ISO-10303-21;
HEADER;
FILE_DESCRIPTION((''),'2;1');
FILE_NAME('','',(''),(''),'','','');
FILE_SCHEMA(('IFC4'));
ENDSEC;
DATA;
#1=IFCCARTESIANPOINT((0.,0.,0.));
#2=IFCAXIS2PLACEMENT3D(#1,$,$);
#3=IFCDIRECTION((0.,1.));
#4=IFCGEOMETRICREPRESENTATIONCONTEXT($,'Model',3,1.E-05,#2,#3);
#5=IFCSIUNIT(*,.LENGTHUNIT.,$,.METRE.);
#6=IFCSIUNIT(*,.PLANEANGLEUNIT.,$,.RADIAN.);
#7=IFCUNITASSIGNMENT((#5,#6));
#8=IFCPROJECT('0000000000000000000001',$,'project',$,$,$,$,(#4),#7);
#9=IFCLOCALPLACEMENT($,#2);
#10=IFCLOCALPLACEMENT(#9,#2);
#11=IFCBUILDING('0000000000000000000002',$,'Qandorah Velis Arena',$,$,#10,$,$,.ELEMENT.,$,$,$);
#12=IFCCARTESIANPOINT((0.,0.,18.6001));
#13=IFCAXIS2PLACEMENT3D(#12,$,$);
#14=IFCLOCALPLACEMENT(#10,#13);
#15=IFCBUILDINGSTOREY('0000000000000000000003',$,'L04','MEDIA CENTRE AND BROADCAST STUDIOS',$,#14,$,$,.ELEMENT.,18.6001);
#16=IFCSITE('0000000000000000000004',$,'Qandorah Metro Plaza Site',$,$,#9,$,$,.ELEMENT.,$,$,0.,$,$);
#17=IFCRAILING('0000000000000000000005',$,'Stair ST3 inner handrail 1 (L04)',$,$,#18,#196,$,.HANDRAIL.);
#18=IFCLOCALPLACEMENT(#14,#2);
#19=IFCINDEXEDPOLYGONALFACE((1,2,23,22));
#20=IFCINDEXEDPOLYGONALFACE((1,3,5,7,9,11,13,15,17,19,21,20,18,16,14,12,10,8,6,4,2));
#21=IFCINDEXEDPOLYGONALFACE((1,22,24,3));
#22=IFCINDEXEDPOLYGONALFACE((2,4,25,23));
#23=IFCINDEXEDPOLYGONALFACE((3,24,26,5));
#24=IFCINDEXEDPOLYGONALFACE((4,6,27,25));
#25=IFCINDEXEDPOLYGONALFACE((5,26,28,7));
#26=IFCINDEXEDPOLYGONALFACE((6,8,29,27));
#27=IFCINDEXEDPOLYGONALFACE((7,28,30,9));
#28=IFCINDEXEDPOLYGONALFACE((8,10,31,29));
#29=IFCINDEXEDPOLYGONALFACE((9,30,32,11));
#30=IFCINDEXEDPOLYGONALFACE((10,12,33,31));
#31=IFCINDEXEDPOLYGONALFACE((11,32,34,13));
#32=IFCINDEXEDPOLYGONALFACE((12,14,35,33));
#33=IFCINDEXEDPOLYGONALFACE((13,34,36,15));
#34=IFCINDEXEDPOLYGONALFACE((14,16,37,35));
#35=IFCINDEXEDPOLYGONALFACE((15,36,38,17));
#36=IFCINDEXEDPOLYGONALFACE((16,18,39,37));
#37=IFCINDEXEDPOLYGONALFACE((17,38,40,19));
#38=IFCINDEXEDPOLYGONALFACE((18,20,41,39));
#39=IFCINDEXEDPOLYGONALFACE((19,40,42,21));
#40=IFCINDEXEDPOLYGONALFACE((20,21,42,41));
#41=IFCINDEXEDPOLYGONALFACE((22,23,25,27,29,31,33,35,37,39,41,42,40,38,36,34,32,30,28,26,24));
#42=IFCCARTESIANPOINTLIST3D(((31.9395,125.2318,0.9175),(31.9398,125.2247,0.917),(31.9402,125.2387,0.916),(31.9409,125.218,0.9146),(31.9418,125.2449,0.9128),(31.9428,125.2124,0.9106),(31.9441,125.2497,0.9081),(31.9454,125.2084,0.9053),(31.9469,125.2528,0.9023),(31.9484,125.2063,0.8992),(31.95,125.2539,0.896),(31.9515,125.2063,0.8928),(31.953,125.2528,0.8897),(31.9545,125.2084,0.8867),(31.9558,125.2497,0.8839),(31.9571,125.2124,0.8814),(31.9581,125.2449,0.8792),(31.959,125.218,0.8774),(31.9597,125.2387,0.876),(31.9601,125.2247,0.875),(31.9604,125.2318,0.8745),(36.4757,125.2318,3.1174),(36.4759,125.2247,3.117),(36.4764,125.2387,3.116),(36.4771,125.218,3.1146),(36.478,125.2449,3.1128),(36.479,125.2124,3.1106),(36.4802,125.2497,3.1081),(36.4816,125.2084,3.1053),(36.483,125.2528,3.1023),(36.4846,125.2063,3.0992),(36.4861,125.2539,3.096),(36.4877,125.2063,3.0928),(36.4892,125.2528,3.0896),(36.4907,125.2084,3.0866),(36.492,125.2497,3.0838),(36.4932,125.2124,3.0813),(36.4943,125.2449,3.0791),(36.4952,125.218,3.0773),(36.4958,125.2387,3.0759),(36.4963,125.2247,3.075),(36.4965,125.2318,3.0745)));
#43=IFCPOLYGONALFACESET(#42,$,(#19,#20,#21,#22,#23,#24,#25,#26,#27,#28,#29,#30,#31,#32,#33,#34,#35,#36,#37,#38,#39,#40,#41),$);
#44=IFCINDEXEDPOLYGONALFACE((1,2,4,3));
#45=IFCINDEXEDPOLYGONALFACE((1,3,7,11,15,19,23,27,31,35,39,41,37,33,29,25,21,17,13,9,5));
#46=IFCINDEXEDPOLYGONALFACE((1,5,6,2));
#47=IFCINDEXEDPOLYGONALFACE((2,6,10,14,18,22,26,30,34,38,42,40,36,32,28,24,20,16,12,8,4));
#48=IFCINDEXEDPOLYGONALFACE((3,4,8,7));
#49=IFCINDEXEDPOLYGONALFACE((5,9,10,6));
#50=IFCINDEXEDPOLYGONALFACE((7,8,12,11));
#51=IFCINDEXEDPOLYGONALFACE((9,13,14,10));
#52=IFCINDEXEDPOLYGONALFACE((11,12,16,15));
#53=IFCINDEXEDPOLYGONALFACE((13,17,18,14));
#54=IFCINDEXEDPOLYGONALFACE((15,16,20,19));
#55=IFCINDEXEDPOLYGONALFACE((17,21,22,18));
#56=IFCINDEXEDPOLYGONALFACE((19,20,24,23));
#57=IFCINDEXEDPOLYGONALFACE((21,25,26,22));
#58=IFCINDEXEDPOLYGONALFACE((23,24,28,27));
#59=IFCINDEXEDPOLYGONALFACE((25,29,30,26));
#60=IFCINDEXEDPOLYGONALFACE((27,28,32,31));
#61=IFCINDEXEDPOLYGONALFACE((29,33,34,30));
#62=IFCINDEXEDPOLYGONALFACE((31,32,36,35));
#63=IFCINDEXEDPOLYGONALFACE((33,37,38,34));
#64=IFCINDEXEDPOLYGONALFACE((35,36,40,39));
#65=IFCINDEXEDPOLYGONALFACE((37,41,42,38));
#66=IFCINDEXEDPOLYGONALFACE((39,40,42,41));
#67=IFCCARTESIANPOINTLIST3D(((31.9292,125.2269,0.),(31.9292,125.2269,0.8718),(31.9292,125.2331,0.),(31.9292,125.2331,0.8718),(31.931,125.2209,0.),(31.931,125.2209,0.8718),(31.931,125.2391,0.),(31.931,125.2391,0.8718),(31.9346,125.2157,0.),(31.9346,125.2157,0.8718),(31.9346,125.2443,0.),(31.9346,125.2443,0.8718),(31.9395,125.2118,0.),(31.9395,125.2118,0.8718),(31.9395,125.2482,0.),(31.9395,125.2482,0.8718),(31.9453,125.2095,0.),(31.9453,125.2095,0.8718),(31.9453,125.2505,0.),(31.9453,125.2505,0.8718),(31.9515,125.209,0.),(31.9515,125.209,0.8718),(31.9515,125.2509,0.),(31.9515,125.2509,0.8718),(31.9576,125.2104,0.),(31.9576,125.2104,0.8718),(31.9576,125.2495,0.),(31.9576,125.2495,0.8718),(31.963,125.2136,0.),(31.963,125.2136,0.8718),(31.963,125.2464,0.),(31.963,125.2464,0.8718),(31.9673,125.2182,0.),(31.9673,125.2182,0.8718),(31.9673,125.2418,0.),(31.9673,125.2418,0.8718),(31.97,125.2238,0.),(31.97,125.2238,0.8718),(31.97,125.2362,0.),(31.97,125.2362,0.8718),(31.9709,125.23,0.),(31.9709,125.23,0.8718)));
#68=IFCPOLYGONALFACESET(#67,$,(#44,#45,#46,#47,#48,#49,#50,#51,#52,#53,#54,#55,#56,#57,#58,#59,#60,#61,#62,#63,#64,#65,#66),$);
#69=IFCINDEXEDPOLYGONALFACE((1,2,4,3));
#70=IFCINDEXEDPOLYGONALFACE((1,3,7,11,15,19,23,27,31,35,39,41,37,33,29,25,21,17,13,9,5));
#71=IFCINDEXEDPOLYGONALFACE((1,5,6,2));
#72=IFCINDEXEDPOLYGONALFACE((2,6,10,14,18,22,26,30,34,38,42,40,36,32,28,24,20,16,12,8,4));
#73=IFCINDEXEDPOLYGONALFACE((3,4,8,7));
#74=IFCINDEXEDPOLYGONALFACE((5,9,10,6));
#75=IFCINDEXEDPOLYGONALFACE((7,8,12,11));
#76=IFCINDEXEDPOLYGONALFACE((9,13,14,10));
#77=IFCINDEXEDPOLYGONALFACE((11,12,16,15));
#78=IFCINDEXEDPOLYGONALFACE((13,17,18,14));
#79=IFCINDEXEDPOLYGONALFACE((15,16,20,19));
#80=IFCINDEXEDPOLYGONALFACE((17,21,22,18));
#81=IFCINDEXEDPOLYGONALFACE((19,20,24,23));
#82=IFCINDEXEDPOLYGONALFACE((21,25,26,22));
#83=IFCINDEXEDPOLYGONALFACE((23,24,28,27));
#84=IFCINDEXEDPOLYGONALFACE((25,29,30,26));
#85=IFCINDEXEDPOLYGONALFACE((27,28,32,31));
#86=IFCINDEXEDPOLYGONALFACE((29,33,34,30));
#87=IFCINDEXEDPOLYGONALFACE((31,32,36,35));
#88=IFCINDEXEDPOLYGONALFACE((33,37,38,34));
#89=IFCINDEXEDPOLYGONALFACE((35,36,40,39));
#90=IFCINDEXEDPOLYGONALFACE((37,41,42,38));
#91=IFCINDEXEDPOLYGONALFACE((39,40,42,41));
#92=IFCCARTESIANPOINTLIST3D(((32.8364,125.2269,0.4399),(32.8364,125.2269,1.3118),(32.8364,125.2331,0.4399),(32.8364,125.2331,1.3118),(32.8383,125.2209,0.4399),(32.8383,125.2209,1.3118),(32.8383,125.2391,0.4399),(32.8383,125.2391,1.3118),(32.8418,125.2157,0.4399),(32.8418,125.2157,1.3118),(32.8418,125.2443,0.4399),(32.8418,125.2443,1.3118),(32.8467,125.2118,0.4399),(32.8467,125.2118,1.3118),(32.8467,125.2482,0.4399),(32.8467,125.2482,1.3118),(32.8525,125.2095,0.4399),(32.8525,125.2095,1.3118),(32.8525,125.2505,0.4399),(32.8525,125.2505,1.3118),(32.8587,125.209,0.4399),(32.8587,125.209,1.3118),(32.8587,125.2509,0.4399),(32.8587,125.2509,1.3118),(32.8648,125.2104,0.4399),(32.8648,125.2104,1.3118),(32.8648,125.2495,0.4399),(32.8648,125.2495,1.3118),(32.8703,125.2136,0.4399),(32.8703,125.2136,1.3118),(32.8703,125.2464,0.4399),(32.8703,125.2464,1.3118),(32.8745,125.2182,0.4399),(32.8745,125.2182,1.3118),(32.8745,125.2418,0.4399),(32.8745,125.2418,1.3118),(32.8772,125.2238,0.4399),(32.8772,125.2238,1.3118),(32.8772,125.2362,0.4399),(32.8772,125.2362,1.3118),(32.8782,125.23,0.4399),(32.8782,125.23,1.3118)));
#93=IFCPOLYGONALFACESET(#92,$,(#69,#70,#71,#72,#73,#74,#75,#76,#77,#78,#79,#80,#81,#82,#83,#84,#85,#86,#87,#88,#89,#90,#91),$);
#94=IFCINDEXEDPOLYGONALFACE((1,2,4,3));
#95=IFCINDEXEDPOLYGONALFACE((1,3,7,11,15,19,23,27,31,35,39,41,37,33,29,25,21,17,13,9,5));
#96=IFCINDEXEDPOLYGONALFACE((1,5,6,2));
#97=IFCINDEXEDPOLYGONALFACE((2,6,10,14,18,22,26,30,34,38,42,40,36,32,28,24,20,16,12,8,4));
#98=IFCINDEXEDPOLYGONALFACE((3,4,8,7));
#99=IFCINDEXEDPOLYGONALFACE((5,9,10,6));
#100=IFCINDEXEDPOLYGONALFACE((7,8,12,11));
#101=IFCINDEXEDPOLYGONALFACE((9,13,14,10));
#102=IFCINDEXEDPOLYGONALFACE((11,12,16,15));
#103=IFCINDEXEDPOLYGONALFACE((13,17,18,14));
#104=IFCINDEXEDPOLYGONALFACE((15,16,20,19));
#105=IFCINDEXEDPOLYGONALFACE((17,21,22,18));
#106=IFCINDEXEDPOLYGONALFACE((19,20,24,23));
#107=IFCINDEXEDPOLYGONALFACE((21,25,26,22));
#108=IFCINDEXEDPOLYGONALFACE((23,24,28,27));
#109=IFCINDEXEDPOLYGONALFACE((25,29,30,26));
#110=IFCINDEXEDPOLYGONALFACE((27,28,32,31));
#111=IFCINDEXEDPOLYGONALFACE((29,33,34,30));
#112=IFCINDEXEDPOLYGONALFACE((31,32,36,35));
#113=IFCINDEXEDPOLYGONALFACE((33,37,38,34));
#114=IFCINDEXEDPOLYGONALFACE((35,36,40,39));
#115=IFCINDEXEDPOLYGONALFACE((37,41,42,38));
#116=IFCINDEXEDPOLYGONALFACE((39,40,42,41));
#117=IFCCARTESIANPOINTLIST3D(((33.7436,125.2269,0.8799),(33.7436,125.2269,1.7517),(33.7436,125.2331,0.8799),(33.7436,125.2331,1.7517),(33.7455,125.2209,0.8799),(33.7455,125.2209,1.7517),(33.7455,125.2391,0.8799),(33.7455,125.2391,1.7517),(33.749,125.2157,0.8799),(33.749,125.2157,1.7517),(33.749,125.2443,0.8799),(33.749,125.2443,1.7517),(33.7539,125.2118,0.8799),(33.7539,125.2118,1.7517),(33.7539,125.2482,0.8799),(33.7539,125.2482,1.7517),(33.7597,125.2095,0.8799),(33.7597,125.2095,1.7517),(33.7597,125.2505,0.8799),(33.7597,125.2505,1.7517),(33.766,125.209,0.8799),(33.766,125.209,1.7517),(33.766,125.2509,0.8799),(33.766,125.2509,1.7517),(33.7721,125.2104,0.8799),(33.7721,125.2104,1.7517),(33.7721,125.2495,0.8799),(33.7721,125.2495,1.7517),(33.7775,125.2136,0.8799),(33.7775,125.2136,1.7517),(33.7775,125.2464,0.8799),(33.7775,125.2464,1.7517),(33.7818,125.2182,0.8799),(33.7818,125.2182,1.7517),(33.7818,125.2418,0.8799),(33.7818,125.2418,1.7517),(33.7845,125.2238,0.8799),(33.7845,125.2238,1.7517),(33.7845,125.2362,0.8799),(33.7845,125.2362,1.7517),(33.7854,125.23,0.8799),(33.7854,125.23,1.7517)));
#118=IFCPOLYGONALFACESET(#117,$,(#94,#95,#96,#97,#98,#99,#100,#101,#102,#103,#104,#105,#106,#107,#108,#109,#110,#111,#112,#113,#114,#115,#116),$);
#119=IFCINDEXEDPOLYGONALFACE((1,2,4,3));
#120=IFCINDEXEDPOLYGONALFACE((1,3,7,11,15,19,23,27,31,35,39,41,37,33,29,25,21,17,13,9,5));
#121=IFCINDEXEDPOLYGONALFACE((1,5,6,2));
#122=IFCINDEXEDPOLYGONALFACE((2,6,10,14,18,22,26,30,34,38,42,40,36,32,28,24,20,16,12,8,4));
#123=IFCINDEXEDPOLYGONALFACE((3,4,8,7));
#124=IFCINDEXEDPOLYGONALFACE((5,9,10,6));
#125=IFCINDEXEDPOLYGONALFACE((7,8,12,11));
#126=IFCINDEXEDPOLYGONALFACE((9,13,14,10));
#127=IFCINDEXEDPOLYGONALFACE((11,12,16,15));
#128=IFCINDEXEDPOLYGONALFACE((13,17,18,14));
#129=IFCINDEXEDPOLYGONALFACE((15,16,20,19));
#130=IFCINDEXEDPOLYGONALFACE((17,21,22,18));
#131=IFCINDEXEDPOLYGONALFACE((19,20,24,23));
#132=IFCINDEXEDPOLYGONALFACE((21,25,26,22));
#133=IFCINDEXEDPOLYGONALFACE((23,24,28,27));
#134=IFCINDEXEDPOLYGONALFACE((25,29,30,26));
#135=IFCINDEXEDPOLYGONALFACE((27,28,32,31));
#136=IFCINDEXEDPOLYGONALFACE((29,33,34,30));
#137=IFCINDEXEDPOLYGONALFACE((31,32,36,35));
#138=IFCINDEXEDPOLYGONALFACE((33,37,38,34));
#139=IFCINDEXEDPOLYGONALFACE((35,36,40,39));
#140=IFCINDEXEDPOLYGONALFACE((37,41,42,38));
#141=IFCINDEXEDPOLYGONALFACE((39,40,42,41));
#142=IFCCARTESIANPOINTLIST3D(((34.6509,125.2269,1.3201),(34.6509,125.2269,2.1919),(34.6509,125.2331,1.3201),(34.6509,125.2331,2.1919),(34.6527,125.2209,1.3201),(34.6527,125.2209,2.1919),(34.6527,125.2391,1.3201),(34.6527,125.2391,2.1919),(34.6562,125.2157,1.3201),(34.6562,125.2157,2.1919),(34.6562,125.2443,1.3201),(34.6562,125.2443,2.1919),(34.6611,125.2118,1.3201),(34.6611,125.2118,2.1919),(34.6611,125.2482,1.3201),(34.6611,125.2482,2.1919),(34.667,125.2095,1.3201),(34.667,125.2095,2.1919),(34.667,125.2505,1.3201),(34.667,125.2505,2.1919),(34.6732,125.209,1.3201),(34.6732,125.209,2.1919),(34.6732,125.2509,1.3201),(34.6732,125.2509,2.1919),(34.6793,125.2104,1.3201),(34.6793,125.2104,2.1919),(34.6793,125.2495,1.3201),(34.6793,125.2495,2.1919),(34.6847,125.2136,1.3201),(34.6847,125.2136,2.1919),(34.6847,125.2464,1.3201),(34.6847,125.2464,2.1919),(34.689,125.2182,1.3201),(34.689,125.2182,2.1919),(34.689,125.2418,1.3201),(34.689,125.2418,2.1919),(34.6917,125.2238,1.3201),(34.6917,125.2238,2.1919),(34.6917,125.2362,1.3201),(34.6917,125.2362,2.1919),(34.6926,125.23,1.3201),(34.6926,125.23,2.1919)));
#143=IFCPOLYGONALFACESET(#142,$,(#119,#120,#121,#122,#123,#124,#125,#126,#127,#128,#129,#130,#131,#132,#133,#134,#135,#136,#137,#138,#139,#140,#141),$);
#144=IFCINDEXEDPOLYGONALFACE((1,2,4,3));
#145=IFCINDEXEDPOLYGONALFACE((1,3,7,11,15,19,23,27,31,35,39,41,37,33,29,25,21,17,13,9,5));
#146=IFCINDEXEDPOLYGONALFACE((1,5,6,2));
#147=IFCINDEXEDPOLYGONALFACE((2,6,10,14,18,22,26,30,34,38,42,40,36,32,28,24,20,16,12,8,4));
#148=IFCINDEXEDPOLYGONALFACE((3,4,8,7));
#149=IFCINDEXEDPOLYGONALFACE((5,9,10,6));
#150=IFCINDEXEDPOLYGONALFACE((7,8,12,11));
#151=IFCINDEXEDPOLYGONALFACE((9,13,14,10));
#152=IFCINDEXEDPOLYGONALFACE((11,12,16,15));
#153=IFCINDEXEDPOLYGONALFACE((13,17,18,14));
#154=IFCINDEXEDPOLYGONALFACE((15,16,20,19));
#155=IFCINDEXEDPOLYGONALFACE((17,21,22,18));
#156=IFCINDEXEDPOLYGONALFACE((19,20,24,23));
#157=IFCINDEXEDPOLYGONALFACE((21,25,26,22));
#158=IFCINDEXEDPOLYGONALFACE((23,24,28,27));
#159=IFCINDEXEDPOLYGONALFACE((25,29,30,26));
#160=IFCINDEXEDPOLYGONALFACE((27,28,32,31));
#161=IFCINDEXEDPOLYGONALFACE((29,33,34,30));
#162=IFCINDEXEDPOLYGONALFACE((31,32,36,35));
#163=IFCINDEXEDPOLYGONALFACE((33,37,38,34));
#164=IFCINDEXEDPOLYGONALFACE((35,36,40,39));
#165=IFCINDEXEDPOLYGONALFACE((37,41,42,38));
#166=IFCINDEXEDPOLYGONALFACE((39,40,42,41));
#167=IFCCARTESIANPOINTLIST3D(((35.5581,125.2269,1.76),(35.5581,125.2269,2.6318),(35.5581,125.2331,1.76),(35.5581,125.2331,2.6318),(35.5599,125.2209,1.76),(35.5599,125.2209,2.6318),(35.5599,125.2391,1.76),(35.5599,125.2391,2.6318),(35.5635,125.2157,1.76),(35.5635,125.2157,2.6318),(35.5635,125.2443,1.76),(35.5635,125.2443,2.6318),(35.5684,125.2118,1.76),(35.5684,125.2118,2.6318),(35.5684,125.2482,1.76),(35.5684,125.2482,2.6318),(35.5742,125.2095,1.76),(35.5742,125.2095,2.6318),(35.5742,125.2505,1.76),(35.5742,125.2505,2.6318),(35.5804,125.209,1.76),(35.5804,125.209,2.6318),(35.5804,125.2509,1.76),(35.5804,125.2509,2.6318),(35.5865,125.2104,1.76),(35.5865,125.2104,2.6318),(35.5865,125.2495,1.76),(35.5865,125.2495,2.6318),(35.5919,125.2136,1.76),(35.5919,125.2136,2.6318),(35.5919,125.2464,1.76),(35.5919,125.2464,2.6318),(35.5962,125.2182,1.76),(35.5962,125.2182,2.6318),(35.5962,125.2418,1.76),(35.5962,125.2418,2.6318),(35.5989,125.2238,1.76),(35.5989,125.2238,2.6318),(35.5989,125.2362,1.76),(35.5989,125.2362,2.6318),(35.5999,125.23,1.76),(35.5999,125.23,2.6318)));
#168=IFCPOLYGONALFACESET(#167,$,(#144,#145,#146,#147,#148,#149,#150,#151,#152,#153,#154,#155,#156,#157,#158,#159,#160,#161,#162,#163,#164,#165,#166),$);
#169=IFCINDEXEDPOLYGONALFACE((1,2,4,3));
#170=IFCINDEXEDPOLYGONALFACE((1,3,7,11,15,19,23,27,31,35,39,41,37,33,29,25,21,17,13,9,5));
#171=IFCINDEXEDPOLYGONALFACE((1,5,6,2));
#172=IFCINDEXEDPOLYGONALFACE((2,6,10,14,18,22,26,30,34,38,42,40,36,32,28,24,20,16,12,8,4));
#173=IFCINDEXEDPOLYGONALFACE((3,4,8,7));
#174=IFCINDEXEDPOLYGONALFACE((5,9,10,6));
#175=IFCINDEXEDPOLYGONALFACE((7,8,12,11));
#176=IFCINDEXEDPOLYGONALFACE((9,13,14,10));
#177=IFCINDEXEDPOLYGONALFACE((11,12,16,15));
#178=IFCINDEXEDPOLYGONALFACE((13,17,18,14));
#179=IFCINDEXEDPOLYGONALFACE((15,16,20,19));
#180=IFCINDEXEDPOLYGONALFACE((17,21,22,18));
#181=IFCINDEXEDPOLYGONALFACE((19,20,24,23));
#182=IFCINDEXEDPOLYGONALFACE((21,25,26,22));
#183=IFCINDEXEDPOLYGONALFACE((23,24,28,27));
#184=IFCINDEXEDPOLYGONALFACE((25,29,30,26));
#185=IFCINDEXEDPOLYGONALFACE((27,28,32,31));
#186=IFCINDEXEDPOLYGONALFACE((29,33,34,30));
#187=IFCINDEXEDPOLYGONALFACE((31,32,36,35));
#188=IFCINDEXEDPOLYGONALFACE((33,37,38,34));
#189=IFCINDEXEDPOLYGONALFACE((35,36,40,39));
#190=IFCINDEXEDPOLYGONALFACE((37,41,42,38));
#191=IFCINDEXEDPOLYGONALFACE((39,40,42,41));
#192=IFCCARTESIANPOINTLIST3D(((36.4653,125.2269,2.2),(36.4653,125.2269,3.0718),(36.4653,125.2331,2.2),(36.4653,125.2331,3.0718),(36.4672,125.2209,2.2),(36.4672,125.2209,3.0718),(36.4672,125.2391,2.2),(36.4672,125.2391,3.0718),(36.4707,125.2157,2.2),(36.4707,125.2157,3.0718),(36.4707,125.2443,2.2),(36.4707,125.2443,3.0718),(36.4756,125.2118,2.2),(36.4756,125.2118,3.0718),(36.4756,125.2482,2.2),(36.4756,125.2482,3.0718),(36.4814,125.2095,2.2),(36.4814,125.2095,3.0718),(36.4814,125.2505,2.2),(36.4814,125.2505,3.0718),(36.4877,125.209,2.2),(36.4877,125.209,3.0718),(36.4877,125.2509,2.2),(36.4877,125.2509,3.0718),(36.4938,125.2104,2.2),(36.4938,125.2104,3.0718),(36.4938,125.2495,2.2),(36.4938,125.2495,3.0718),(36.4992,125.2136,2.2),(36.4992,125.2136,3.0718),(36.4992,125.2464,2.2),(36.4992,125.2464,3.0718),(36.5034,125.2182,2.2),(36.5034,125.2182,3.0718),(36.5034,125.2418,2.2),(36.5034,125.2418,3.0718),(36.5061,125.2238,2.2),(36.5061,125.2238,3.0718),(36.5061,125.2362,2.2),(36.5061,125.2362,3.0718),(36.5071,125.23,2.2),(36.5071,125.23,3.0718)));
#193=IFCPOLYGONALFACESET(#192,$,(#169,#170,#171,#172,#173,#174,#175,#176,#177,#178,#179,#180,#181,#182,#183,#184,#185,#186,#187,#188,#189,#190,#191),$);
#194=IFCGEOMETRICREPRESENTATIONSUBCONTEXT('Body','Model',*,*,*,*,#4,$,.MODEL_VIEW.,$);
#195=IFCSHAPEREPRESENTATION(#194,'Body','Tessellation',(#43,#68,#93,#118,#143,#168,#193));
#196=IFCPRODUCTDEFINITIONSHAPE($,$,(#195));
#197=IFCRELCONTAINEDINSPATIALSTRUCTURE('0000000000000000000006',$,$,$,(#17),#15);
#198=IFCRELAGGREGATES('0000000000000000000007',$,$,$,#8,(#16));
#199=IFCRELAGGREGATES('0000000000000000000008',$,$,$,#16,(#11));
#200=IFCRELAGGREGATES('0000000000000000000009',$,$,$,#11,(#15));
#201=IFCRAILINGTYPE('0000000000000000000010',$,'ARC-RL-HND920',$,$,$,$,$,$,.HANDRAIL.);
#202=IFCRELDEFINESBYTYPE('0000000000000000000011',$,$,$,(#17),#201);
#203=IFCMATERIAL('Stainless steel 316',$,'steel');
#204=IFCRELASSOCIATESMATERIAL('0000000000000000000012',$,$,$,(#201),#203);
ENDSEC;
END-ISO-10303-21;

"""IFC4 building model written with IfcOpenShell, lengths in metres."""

from ifc_helpers import new_model, si_unit, direction, frame, origin, origin_2d, place, context, subcontext, project, spatial, circle, extrude, material, type_object, element, save


model = new_model("IFC4")

# Units and contexts
model_context = context("Model", 3, precision=1e-05, world=origin(), true_north=direction((0.0, 1.0)))
body_context = subcontext(model_context, "Body", "Model", "MODEL_VIEW")
ifc_project = project(units=[si_unit("LENGTHUNIT", "METRE"), si_unit("PLANEANGLEUNIT", "RADIAN")], contexts=[model_context])

# Site, building, storey
site_placement = place(None, origin())
site = spatial("IfcSite", under=ifc_project, at=site_placement, Name="Qandorah Metro Plaza Site", CompositionType="ELEMENT", RefElevation=0.0)
building_placement = place(site_placement, origin())
building = spatial("IfcBuilding", under=site, at=building_placement, Name="Qandorah Velis Arena", CompositionType="ELEMENT")
storey_placement = place(building_placement, frame((0.0, 0.0, 18.6001)))
storey = spatial("IfcBuildingStorey", under=building, at=storey_placement, Name="L04", Description="MEDIA CENTRE AND BROADCAST STUDIOS", CompositionType="ELEMENT", Elevation=18.6001)

# Railing
ifc_material_1 = material(Name="Stainless steel 316", Category="steel")
railing_type_1 = type_object("IfcRailingType", Name="ARC-RL-HND920", PredefinedType="HANDRAIL", material=ifc_material_1)
railing_1_placement = place(storey_placement, frame((31.95, 125.23, 0.0)))
element("IfcRailing", 1, at=railing_1_placement, inside=storey, type_object=railing_type_1, Name="Stair ST3 inner handrail 1 (L04)", PredefinedType="HANDRAIL", context=body_context, shape_type="SweptSolid", body=[
    extrude(circle(Radius=0.0239, at=origin_2d()), frame((0.0, 0.0, 0.896), z_axis=(0.899766, 0.0, 0.436372), x_axis=(0.0, 1.0, 0.0)), (0.0, 0.0, 1.0), 5.0415),
    extrude(circle(Radius=0.021, at=origin_2d()), origin(), (0.0, 0.0, 1.0), 0.8718),
    extrude(circle(Radius=0.021, at=origin_2d()), frame((0.9072, 0.0, 0.4399)), (0.0, 0.0, 1.0), 0.8718),
    extrude(circle(Radius=0.021, at=origin_2d()), frame((1.8145, 0.0, 0.8799)), (0.0, 0.0, 1.0), 0.8718),
    extrude(circle(Radius=0.021, at=origin_2d()), frame((2.7217, 0.0, 1.3201)), (0.0, 0.0, 1.0), 0.8718),
    extrude(circle(Radius=0.021, at=origin_2d()), frame((3.6289, 0.0, 1.76)), (0.0, 0.0, 1.0), 0.8718),
    extrude(circle(Radius=0.021, at=origin_2d()), frame((4.5361, 0.0, 2.2)), (0.0, 0.0, 1.0), 0.8718),
])

save(model, "model.ifc")
